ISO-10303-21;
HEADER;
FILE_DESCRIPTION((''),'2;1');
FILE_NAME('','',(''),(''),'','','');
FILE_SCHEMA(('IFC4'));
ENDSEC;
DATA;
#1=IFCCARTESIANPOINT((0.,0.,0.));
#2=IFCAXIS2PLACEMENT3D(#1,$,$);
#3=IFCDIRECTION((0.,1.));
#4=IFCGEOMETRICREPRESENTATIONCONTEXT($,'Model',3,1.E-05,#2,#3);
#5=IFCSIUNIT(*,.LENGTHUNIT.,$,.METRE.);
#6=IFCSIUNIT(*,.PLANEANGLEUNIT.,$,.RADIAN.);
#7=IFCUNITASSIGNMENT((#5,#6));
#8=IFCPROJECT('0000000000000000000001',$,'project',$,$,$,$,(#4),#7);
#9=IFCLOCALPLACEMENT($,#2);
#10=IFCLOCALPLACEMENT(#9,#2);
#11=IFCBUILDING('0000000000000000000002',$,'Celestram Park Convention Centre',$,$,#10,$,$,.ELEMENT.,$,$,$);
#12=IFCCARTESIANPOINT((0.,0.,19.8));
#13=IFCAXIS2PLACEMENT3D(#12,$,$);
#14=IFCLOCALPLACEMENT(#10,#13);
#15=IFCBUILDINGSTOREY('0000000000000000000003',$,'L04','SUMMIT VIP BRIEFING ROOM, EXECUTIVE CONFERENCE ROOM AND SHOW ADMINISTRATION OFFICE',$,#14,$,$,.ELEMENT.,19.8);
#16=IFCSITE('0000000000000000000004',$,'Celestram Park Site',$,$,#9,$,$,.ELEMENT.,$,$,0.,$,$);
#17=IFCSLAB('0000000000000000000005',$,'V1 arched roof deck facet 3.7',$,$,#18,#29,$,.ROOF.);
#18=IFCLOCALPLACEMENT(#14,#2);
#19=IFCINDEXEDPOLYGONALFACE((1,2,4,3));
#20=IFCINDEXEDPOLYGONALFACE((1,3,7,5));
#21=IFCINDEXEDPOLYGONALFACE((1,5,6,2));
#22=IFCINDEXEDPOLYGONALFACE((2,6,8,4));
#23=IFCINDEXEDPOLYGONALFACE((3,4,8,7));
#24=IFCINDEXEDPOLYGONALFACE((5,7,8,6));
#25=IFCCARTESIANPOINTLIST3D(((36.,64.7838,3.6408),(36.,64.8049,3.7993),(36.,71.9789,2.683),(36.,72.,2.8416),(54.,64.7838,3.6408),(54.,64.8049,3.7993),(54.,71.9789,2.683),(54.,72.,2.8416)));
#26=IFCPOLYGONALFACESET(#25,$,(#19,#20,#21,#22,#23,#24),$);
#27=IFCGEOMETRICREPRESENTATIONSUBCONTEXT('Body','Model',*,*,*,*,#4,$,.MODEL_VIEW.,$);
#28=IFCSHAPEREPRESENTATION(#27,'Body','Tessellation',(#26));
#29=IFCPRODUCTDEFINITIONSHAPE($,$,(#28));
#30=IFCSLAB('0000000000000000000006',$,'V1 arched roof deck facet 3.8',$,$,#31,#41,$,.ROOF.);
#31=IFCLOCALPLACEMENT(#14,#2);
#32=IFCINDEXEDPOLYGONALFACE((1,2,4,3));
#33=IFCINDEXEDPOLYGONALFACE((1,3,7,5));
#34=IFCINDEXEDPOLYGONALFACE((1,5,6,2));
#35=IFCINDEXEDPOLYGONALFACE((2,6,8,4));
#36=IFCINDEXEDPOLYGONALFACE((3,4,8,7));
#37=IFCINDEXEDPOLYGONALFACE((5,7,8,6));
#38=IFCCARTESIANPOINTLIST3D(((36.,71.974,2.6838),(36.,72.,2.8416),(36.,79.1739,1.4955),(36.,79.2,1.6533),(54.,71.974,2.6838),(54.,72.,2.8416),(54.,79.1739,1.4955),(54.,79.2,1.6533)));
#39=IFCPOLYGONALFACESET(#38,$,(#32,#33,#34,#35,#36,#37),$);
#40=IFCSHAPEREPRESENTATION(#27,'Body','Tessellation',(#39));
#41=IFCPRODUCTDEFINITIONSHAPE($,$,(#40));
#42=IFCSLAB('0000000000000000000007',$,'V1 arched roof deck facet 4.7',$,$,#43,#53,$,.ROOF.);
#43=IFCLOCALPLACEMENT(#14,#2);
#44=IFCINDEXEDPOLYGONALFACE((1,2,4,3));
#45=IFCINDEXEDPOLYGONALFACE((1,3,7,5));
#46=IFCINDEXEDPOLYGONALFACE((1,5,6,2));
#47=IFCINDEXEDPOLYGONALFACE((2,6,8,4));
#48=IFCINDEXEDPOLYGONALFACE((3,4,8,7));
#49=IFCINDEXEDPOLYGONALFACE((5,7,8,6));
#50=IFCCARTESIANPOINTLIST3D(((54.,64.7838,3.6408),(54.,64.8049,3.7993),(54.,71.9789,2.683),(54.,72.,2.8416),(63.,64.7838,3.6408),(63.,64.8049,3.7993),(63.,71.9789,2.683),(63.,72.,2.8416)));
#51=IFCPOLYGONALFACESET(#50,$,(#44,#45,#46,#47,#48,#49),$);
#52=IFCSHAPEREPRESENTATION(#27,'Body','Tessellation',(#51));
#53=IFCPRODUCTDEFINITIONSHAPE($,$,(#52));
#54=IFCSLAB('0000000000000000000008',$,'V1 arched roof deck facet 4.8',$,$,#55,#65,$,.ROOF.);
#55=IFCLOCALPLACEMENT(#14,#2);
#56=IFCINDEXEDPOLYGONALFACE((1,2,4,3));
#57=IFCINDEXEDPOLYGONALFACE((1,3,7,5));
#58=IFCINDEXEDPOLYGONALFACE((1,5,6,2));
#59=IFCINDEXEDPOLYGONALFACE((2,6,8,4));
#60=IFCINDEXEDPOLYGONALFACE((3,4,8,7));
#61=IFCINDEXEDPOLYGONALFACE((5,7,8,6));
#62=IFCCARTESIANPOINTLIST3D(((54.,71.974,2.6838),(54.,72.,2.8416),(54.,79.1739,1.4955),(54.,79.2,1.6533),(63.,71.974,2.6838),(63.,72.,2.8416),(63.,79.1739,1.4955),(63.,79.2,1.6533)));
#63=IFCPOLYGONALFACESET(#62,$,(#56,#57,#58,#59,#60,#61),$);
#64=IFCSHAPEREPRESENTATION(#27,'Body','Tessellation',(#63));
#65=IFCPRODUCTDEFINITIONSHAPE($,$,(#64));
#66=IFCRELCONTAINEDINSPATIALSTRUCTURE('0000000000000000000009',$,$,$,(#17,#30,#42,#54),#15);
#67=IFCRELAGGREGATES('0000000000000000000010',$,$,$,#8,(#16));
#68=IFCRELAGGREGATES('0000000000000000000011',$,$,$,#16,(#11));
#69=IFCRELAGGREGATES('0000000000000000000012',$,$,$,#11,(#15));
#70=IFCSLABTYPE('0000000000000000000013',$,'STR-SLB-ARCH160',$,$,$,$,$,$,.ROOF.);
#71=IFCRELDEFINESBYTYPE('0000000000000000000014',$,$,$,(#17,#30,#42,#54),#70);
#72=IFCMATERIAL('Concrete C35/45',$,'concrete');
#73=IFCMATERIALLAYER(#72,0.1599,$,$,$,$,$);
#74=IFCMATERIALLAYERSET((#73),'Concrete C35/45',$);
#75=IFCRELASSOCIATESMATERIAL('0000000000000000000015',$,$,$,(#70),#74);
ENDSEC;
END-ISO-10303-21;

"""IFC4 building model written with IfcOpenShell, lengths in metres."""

from ifc_helpers import new_model, si_unit, direction, frame, origin, place, context, subcontext, project, spatial, polyline, outline, extrude, material, layer, layer_set, type_object, element, save


model = new_model("IFC4")

# Units and contexts
model_context = context("Model", 3, precision=1e-05, world=origin(), true_north=direction((0.0, 1.0)))
body_context = subcontext(model_context, "Body", "Model", "MODEL_VIEW")
ifc_project = project(units=[si_unit("LENGTHUNIT", "METRE"), si_unit("PLANEANGLEUNIT", "RADIAN")], contexts=[model_context])

# Site, building, storey
site_placement = place(None, origin())
site = spatial("IfcSite", under=ifc_project, at=site_placement, Name="Celestram Park Site", CompositionType="ELEMENT", RefElevation=0.0)
building_placement = place(site_placement, origin())
building = spatial("IfcBuilding", under=site, at=building_placement, Name="Celestram Park Convention Centre", CompositionType="ELEMENT")
storey_placement = place(building_placement, frame((0.0, 0.0, 19.8)))
storey = spatial("IfcBuildingStorey", under=building, at=storey_placement, Name="L04", Description="SUMMIT VIP BRIEFING ROOM, EXECUTIVE CONFERENCE ROOM AND SHOW ADMINISTRATION OFFICE", CompositionType="ELEMENT", Elevation=19.8)

# Slabs
ifc_material_1 = material(Name="Concrete C35/45", Category="concrete")
ifc_layer_1 = layer(ifc_material_1, 0.1599)
ifc_layer_set_1 = layer_set([ifc_layer_1], Name="Concrete C35/45")
slab_type = type_object("IfcSlabType", Name="STR-SLB-ARCH160", PredefinedType="ROOF", material=ifc_layer_set_1)
slab_1_placement = place(storey_placement, frame((36.0, 64.8049, 3.7993), z_axis=(0.0, 0.13195, 0.991256), x_axis=(1.0, 0.0, 0.0)))
element("IfcSlab", 1, at=slab_1_placement, inside=storey, type_object=slab_type, Name="V1 arched roof deck facet 3.7", PredefinedType="ROOF", context=body_context, shape_type="SweptSolid", body=[
    extrude(outline(polyline([(0.0, 0.0), (18.0, 0.0), (18.0, 7.2585), (0.0, 7.2585), (0.0, 0.0)])), origin(), (0.0, 0.0, -1.0), 0.1599),
])
slab_2_placement = place(storey_placement, frame((36.0, 72.0, 2.8416), z_axis=(0.0, 0.162831, 0.986654), x_axis=(1.0, 0.0, 0.0)))
element("IfcSlab", 2, at=slab_2_placement, inside=storey, type_object=slab_type, Name="V1 arched roof deck facet 3.8", PredefinedType="ROOF", context=body_context, shape_type="SweptSolid", body=[
    extrude(outline(polyline([(0.0, 0.0), (18.0, 0.0), (18.0, 7.2973), (0.0, 7.2973), (0.0, 0.0)])), origin(), (0.0, 0.0, -1.0), 0.1599),
])
slab_3_placement = place(storey_placement, frame((54.0, 64.8049, 3.7993), z_axis=(0.0, 0.13195, 0.991256), x_axis=(1.0, 0.0, 0.0)))
element("IfcSlab", 3, at=slab_3_placement, inside=storey, type_object=slab_type, Name="V1 arched roof deck facet 4.7", PredefinedType="ROOF", context=body_context, shape_type="SweptSolid", body=[
    extrude(outline(polyline([(0.0, 0.0), (9.0, 0.0), (9.0, 7.2585), (0.0, 7.2585), (0.0, 0.0)])), origin(), (0.0, 0.0, -1.0), 0.1599),
])
slab_4_placement = place(storey_placement, frame((54.0, 72.0, 2.8416), z_axis=(0.0, 0.162831, 0.986654), x_axis=(1.0, 0.0, 0.0)))
element("IfcSlab", 4, at=slab_4_placement, inside=storey, type_object=slab_type, Name="V1 arched roof deck facet 4.8", PredefinedType="ROOF", context=body_context, shape_type="SweptSolid", body=[
    extrude(outline(polyline([(0.0, 0.0), (9.0, 0.0), (9.0, 7.2973), (0.0, 7.2973), (0.0, 0.0)])), origin(), (0.0, 0.0, -1.0), 0.1599),
])

save(model, "model.ifc")
